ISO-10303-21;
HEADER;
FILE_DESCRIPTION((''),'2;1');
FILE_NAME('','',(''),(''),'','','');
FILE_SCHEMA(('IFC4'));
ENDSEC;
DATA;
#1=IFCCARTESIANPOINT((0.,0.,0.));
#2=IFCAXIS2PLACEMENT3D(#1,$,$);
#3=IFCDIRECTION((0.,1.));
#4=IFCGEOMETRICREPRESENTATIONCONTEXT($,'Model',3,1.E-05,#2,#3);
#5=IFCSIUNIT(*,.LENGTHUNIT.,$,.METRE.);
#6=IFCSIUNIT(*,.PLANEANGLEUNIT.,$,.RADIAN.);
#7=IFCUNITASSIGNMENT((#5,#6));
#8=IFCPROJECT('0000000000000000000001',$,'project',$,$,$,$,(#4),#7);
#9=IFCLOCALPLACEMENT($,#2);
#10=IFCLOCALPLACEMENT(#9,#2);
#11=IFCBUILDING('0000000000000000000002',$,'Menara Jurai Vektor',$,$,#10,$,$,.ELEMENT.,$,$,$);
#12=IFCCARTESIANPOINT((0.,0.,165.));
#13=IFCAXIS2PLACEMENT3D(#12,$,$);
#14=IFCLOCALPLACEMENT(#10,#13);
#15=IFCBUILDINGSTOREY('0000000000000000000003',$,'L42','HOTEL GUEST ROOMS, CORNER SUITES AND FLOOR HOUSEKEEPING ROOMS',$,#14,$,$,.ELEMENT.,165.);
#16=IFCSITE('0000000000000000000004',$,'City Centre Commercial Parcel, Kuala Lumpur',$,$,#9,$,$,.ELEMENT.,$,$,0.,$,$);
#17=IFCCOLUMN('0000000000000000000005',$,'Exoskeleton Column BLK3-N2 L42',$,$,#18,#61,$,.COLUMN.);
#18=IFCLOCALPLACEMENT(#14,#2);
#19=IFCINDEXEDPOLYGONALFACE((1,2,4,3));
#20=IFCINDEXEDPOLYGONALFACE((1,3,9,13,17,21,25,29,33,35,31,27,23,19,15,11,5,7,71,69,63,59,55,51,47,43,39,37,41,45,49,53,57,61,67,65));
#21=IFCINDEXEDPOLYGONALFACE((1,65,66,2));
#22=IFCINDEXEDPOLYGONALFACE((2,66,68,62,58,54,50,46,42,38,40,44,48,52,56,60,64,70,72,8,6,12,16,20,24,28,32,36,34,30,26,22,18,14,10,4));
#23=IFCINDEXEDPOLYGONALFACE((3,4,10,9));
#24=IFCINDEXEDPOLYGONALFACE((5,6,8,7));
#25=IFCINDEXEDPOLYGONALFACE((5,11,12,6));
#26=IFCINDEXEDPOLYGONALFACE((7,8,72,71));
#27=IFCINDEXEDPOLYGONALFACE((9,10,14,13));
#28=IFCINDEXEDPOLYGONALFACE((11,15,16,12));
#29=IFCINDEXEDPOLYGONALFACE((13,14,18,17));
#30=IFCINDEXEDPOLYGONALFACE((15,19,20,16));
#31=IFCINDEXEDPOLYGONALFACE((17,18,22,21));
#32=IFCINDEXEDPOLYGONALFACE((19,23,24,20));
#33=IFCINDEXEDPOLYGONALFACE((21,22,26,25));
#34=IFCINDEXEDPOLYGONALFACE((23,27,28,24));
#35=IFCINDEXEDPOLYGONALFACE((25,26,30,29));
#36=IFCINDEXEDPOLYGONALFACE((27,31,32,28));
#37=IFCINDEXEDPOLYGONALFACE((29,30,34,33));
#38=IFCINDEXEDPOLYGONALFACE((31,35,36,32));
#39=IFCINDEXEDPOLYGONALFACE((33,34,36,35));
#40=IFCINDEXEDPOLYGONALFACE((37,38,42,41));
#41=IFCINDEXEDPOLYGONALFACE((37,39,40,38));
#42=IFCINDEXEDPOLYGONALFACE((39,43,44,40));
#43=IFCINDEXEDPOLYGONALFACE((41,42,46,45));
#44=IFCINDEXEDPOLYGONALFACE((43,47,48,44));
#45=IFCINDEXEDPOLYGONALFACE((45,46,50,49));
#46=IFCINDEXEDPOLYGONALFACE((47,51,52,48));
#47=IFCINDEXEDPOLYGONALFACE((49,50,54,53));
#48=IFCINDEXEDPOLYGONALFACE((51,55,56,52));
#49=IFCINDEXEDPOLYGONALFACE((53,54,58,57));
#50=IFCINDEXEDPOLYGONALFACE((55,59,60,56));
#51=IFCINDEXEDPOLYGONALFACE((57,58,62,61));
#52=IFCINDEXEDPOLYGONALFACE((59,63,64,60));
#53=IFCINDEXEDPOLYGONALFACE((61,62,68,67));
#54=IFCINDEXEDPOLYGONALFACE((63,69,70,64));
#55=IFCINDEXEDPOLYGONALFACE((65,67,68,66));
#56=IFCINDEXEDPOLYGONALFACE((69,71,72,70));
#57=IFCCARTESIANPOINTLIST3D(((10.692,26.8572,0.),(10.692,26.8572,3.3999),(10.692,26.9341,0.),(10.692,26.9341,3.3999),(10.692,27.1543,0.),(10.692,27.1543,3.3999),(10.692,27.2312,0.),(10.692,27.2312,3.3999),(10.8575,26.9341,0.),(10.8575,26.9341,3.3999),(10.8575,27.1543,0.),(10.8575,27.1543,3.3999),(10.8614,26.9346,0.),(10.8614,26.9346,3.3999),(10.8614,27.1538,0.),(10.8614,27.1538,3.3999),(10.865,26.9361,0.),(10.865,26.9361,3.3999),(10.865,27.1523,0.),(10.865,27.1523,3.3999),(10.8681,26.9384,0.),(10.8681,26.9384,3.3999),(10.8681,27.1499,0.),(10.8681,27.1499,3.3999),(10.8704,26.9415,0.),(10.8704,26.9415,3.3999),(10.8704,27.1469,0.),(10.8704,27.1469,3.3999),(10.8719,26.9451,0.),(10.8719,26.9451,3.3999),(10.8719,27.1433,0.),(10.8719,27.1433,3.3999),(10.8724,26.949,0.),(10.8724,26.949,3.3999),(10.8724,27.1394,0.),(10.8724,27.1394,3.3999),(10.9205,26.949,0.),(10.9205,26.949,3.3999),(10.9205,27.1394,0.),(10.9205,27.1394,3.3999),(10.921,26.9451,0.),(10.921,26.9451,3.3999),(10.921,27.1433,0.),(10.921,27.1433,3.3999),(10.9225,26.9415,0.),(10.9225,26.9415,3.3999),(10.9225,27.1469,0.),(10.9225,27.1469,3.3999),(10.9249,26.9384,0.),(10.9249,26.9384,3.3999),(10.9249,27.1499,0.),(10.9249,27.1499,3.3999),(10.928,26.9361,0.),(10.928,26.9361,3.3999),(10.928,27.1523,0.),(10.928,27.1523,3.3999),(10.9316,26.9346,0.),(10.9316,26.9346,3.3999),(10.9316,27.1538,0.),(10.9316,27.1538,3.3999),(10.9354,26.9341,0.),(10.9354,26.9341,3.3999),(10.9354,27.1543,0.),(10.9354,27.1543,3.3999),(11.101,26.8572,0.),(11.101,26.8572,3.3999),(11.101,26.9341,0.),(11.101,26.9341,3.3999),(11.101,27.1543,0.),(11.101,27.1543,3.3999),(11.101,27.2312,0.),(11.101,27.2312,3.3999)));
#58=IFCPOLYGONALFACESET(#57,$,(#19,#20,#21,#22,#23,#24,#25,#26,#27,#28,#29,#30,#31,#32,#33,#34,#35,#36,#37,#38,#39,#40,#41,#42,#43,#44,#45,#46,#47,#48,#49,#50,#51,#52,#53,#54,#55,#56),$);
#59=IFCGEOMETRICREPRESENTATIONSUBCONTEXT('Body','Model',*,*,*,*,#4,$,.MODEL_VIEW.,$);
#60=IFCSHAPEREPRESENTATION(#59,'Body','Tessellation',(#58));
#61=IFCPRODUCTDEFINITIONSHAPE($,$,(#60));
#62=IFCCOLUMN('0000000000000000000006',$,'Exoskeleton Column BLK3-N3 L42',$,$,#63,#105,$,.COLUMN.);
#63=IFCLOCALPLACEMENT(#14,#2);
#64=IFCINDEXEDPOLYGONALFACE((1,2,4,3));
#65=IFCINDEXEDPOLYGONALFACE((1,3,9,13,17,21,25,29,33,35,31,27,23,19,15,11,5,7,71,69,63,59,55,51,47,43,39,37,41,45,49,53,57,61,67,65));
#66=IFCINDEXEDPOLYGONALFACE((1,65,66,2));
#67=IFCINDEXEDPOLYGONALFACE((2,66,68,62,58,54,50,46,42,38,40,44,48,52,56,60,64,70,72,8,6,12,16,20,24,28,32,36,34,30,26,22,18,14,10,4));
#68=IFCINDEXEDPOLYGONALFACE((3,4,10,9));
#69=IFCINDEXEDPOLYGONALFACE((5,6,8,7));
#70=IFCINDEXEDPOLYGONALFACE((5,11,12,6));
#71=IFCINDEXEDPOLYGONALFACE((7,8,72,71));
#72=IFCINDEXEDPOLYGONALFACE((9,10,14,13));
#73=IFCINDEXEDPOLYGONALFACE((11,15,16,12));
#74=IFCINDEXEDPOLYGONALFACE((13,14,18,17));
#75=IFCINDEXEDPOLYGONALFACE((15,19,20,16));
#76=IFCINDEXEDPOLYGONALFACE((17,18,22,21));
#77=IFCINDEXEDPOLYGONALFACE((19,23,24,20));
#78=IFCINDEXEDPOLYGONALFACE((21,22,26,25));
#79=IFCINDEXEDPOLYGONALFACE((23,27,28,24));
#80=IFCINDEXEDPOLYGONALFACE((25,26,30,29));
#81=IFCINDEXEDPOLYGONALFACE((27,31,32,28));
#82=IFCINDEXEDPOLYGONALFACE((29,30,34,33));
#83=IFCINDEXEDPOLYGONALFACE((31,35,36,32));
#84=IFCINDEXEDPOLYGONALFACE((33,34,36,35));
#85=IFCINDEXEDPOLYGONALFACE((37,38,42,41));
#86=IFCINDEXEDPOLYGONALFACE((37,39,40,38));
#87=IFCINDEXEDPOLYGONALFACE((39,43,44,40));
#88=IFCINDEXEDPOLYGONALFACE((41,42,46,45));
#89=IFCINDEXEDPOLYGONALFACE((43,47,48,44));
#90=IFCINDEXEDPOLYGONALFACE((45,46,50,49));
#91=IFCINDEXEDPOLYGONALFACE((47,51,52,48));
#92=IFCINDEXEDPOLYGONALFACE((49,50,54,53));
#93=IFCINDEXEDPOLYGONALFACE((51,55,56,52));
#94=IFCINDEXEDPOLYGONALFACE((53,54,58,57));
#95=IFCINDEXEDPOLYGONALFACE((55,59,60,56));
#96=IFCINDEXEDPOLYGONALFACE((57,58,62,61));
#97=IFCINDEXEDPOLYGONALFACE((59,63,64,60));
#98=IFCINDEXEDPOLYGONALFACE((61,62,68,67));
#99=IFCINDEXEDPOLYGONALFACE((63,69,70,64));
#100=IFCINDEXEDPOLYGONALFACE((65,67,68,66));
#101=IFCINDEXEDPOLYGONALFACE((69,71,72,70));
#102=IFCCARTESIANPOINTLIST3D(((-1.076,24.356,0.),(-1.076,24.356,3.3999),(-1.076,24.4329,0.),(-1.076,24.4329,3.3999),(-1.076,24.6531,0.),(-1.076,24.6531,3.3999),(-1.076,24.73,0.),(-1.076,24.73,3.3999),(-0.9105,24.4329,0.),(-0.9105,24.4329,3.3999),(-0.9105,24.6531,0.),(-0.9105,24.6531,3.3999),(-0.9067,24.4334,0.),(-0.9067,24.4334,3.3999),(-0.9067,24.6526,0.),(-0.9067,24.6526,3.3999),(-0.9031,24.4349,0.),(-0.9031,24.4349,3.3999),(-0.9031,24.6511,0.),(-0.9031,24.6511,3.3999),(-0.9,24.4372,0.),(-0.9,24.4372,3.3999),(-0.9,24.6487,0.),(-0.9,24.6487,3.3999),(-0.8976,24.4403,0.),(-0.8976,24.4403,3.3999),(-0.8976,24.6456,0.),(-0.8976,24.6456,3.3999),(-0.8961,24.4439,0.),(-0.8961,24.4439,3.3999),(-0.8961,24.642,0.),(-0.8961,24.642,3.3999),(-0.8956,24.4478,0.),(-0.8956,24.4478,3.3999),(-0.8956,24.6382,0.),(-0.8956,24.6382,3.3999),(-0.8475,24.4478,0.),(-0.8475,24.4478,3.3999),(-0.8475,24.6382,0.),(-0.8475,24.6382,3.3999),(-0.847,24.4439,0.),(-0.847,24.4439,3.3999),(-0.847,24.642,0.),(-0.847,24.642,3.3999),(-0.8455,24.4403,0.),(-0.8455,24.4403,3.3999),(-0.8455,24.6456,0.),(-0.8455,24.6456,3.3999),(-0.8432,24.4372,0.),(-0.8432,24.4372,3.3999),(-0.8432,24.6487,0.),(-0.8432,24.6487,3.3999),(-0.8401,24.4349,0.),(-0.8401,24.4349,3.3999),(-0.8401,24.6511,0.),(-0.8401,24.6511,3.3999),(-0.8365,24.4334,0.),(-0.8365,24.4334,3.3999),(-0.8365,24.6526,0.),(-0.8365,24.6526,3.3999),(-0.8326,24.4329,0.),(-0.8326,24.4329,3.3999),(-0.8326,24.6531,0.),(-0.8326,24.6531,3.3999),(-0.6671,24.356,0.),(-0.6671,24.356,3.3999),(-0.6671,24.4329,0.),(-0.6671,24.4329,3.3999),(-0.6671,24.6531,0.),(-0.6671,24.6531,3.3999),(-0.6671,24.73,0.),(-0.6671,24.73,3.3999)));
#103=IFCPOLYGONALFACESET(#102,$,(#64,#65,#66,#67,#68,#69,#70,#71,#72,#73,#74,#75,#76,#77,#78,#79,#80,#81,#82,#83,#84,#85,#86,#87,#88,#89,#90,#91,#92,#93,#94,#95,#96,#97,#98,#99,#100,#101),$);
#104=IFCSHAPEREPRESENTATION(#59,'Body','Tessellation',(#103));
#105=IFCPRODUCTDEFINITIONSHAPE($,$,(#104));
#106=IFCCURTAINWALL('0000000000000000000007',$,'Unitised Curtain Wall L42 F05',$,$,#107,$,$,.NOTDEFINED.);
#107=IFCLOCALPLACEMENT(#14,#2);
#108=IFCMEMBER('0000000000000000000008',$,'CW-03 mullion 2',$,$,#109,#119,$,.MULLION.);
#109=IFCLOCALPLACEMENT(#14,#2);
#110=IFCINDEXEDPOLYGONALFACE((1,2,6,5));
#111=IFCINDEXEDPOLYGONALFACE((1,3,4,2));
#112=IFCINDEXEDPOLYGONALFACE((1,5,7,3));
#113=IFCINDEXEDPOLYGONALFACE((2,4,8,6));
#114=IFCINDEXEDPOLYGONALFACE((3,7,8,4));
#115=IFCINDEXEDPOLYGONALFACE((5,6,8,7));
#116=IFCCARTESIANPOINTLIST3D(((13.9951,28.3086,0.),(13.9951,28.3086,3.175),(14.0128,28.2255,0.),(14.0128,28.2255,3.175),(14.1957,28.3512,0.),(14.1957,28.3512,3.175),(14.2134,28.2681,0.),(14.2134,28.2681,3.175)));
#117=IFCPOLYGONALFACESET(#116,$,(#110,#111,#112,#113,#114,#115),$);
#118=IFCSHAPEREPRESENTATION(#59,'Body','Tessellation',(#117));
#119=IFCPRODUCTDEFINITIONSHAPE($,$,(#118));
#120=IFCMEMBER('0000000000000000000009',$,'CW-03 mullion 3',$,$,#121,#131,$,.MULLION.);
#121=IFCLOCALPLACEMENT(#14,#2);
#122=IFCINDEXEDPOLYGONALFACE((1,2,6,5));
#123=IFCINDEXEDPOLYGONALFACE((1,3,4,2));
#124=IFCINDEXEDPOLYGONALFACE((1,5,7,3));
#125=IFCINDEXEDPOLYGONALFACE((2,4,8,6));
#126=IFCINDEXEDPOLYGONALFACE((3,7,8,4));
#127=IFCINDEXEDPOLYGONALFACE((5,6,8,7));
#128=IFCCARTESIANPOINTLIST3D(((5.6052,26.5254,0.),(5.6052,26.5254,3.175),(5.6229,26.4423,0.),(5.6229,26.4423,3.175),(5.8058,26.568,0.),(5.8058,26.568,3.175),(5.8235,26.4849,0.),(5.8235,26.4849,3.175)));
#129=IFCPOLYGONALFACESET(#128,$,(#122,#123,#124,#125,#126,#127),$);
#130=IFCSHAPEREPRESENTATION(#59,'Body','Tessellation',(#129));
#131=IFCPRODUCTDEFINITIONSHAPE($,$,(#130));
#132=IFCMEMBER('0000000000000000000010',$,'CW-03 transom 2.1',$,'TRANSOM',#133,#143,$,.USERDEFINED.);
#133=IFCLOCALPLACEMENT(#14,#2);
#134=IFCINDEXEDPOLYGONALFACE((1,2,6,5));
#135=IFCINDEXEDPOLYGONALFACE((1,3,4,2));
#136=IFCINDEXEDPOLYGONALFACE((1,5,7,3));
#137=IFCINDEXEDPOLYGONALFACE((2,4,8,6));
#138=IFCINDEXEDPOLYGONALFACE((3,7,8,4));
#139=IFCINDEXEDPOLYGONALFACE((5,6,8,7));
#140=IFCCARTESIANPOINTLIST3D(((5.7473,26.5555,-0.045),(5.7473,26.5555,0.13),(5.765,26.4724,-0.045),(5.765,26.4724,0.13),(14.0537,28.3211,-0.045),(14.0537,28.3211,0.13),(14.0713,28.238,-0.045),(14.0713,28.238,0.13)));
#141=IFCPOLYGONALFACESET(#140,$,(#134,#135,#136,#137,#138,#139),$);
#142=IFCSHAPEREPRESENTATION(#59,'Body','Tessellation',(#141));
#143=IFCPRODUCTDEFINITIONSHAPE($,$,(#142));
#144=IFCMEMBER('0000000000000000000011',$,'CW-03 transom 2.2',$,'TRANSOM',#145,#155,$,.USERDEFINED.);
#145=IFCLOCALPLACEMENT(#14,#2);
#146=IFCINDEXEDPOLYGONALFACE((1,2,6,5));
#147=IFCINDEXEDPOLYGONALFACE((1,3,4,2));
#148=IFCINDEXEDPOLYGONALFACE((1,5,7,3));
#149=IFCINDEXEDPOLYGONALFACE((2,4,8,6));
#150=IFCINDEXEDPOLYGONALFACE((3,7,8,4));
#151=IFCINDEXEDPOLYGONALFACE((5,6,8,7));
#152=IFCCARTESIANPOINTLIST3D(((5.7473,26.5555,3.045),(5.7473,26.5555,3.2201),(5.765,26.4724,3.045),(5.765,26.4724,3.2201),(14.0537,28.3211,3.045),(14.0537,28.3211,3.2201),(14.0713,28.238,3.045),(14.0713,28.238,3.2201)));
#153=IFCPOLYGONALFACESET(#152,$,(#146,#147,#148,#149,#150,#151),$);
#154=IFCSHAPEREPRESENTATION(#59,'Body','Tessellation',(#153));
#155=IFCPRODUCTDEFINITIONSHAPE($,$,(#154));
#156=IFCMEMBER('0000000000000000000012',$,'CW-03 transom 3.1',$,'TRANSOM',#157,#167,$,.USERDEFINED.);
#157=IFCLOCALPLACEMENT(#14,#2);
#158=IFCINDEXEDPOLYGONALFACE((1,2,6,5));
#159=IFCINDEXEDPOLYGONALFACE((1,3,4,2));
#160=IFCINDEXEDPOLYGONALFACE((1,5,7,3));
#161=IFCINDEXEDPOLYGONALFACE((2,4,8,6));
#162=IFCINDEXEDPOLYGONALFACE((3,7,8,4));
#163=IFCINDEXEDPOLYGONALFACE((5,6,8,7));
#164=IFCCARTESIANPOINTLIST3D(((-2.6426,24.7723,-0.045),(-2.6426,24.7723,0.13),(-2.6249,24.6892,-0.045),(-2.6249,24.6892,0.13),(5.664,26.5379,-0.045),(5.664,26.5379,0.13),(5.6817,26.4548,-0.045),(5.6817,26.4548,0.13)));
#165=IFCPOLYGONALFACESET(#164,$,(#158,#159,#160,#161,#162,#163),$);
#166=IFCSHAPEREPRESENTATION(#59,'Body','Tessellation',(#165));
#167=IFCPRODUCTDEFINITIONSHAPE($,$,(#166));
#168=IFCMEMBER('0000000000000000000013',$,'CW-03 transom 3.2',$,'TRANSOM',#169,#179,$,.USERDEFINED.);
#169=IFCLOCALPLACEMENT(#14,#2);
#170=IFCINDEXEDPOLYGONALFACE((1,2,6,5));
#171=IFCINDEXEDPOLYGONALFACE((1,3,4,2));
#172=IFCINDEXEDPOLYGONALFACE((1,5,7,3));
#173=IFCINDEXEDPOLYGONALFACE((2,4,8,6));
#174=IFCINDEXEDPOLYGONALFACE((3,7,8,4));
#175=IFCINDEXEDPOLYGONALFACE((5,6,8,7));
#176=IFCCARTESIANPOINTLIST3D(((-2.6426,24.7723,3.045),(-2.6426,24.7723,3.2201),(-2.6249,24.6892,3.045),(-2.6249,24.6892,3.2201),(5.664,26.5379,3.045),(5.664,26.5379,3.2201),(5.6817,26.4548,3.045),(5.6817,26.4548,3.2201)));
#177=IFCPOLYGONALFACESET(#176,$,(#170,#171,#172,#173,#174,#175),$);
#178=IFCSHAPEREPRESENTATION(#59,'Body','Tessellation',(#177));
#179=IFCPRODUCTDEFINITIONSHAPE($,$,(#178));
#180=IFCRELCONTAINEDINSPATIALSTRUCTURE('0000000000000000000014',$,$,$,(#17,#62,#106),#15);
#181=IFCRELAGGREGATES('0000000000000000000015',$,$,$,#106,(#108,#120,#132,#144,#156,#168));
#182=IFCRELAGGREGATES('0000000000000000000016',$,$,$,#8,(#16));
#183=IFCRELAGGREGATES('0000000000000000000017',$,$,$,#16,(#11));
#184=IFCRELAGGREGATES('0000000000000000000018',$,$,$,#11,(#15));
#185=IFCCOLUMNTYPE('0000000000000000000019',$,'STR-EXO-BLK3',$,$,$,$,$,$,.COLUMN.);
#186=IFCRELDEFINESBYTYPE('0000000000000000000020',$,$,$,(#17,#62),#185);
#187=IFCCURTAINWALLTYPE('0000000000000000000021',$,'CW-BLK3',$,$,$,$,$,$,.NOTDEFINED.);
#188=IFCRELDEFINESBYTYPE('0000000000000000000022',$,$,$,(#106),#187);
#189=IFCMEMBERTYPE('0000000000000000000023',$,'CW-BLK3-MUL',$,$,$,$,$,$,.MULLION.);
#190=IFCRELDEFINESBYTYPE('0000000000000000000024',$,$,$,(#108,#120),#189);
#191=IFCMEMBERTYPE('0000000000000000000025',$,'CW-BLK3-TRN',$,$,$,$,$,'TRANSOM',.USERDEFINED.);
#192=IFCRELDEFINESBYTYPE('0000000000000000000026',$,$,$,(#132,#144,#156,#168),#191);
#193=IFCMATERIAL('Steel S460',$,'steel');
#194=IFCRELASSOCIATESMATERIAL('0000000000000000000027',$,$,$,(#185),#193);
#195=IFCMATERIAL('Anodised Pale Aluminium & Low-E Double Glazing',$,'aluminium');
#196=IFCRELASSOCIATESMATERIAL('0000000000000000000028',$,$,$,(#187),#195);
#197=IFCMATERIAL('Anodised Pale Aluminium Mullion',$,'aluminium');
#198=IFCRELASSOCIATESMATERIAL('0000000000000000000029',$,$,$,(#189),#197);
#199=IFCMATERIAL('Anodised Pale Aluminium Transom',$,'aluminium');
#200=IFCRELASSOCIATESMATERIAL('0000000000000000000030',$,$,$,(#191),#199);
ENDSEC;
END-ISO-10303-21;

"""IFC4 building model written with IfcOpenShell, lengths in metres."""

from ifc_helpers import new_model, si_unit, direction, frame, origin, origin_2d, place, context, subcontext, project, spatial, rectangle, i_section, extrude, material, material_profile, profile_set, type_object, element, aggregate, save


model = new_model("IFC4")

# Units and contexts
model_context = context("Model", 3, precision=1e-05, world=origin(), true_north=direction((0.0, 1.0)))
body_context = subcontext(model_context, "Body", "Model", "MODEL_VIEW")
ifc_project = project(units=[si_unit("LENGTHUNIT", "METRE"), si_unit("PLANEANGLEUNIT", "RADIAN")], contexts=[model_context])

# Site, building, storey
site_placement = place(None, origin())
site = spatial("IfcSite", under=ifc_project, at=site_placement, Name="City Centre Commercial Parcel, Kuala Lumpur", CompositionType="ELEMENT", RefElevation=0.0)
building_placement = place(site_placement, origin())
building = spatial("IfcBuilding", under=site, at=building_placement, Name="Menara Jurai Vektor", CompositionType="ELEMENT")
storey_placement = place(building_placement, frame((0.0, 0.0, 165.0)))
storey = spatial("IfcBuildingStorey", under=building, at=storey_placement, Name="L42", Description="HOTEL GUEST ROOMS, CORNER SUITES AND FLOOR HOUSEKEEPING ROOMS", CompositionType="ELEMENT", Elevation=165.0)

# Columns
ifc_material_1 = material(Name="Steel S460", Category="steel")
ifc_material_profile_1 = material_profile(ifc_material_1, i_section(OverallWidth=0.4089, OverallDepth=0.374, WebThickness=0.0481, FlangeThickness=0.0769, FilletRadius=0.0149, at=origin_2d()), Name="HD 400x634")
ifc_profile_set_1 = profile_set([ifc_material_profile_1], Name="Steel S460")
column_type = type_object("IfcColumnType", Name="STR-EXO-BLK3", PredefinedType="COLUMN", material=ifc_profile_set_1)
for number, where, z_axis, x_axis, name in (
    (1, (10.8965, 27.0442, 0.0), (0.0, 0.0, 1.0), (1.0, 0.0, 0.0), "Exoskeleton Column BLK3-N2 L42"),
    (2, (-0.8716, 24.543, 0.0), (0.0, 0.0, 1.0), (1.0, 0.0, 0.0), "Exoskeleton Column BLK3-N3 L42"),
):
    element("IfcColumn", number, at=place(storey_placement, frame(where, z_axis=z_axis, x_axis=x_axis)), inside=storey, type_object=column_type, Name=name, PredefinedType="COLUMN", context=body_context, shape_type="SweptSolid", body=[
        extrude(i_section(OverallWidth=0.4089, OverallDepth=0.374, WebThickness=0.0481, FlangeThickness=0.0769, FilletRadius=0.0149, at=origin_2d()), origin(), (0.0, 0.0, 1.0), 3.3999),
    ])

# Curtain wall, members
ifc_material_2 = material(Name="Anodised Pale Aluminium & Low-E Double Glazing", Category="aluminium")
curtain_wall_type = type_object("IfcCurtainWallType", Name="CW-BLK3", PredefinedType="NOTDEFINED", material=ifc_material_2)
curtain_wall_placement = place(storey_placement, origin())
curtain_wall = element("IfcCurtainWall", 3, at=curtain_wall_placement, inside=storey, type_object=curtain_wall_type, Name="Unitised Curtain Wall L42 F05", PredefinedType="NOTDEFINED")
ifc_material_3 = material(Name="Anodised Pale Aluminium Mullion", Category="aluminium")
ifc_material_profile_2 = material_profile(ifc_material_3, rectangle(XDim=0.085, YDim=0.2051, at=origin_2d()), Name="ALU MUL 85x205")
ifc_profile_set_2 = profile_set([ifc_material_profile_2], Name="Anodised Pale Aluminium Mullion")
member_type_1 = type_object("IfcMemberType", Name="CW-BLK3-MUL", PredefinedType="MULLION", material=ifc_profile_set_2)
member_1_placement = place(storey_placement, frame((14.1042, 28.2883, 0.0), z_axis=(0.0, 0.0, 1.0), x_axis=(0.207911, -0.978148, 0.0)))
member_1 = element("IfcMember", 4, at=member_1_placement, type_object=member_type_1, Name="CW-03 mullion 2", PredefinedType="MULLION", context=body_context, shape_type="SweptSolid", body=[
    extrude(rectangle(XDim=0.085, YDim=0.2051, at=origin_2d()), origin(), (0.0, 0.0, 1.0), 3.175),
])
member_2_placement = place(storey_placement, frame((5.7144, 26.5051, 0.0), z_axis=(0.0, 0.0, 1.0), x_axis=(0.207911, -0.978148, 0.0)))
member_2 = element("IfcMember", 5, at=member_2_placement, type_object=member_type_1, Name="CW-03 mullion 3", PredefinedType="MULLION", context=body_context, shape_type="SweptSolid", body=[
    extrude(rectangle(XDim=0.085, YDim=0.2051, at=origin_2d()), origin(), (0.0, 0.0, 1.0), 3.175),
])
ifc_material_4 = material(Name="Anodised Pale Aluminium Transom", Category="aluminium")
ifc_material_profile_3 = material_profile(ifc_material_4, rectangle(XDim=0.085, YDim=0.175, at=origin_2d()), Name="ALU TRN 85x175")
ifc_profile_set_3 = profile_set([ifc_material_profile_3], Name="Anodised Pale Aluminium Transom")
member_type_2 = type_object("IfcMemberType", Name="CW-BLK3-TRN", ElementType="TRANSOM", PredefinedType="USERDEFINED", material=ifc_profile_set_3)
member_3_placement = place(storey_placement, frame((14.0625, 28.2795, 0.0425), z_axis=(-0.978147, -0.207917, 0.0), x_axis=(0.207917, -0.978147, 0.0)))
member_3 = element("IfcMember", 6, at=member_3_placement, type_object=member_type_2, Name="CW-03 transom 2.1", ObjectType="TRANSOM", PredefinedType="USERDEFINED", context=body_context, shape_type="SweptSolid", body=[
    extrude(rectangle(XDim=0.085, YDim=0.175, at=origin_2d()), origin(), (0.0, 0.0, 1.0), 8.4919),
])
member_4_placement = place(storey_placement, frame((14.0625, 28.2795, 3.1326), z_axis=(-0.978147, -0.207917, 0.0), x_axis=(0.207917, -0.978147, 0.0)))
member_4 = element("IfcMember", 7, at=member_4_placement, type_object=member_type_2, Name="CW-03 transom 2.2", ObjectType="TRANSOM", PredefinedType="USERDEFINED", context=body_context, shape_type="SweptSolid", body=[
    extrude(rectangle(XDim=0.085, YDim=0.175, at=origin_2d()), origin(), (0.0, 0.0, 1.0), 8.4919),
])
member_5_placement = place(storey_placement, frame((5.6729, 26.4963, 0.0425), z_axis=(-0.978148, -0.207911, 0.0), x_axis=(0.207911, -0.978148, 0.0)))
member_5 = element("IfcMember", 8, at=member_5_placement, type_object=member_type_2, Name="CW-03 transom 3.1", ObjectType="TRANSOM", PredefinedType="USERDEFINED", context=body_context, shape_type="SweptSolid", body=[
    extrude(rectangle(XDim=0.085, YDim=0.175, at=origin_2d()), origin(), (0.0, 0.0, 1.0), 8.4922),
])
member_6_placement = place(storey_placement, frame((5.6729, 26.4963, 3.1326), z_axis=(-0.978148, -0.207911, 0.0), x_axis=(0.207911, -0.978148, 0.0)))
member_6 = element("IfcMember", 9, at=member_6_placement, type_object=member_type_2, Name="CW-03 transom 3.2", ObjectType="TRANSOM", PredefinedType="USERDEFINED", context=body_context, shape_type="SweptSolid", body=[
    extrude(rectangle(XDim=0.085, YDim=0.175, at=origin_2d()), origin(), (0.0, 0.0, 1.0), 8.4922),
])

aggregate(curtain_wall, [member_1, member_2, member_3, member_4, member_5, member_6])

save(model, "model.ifc")
